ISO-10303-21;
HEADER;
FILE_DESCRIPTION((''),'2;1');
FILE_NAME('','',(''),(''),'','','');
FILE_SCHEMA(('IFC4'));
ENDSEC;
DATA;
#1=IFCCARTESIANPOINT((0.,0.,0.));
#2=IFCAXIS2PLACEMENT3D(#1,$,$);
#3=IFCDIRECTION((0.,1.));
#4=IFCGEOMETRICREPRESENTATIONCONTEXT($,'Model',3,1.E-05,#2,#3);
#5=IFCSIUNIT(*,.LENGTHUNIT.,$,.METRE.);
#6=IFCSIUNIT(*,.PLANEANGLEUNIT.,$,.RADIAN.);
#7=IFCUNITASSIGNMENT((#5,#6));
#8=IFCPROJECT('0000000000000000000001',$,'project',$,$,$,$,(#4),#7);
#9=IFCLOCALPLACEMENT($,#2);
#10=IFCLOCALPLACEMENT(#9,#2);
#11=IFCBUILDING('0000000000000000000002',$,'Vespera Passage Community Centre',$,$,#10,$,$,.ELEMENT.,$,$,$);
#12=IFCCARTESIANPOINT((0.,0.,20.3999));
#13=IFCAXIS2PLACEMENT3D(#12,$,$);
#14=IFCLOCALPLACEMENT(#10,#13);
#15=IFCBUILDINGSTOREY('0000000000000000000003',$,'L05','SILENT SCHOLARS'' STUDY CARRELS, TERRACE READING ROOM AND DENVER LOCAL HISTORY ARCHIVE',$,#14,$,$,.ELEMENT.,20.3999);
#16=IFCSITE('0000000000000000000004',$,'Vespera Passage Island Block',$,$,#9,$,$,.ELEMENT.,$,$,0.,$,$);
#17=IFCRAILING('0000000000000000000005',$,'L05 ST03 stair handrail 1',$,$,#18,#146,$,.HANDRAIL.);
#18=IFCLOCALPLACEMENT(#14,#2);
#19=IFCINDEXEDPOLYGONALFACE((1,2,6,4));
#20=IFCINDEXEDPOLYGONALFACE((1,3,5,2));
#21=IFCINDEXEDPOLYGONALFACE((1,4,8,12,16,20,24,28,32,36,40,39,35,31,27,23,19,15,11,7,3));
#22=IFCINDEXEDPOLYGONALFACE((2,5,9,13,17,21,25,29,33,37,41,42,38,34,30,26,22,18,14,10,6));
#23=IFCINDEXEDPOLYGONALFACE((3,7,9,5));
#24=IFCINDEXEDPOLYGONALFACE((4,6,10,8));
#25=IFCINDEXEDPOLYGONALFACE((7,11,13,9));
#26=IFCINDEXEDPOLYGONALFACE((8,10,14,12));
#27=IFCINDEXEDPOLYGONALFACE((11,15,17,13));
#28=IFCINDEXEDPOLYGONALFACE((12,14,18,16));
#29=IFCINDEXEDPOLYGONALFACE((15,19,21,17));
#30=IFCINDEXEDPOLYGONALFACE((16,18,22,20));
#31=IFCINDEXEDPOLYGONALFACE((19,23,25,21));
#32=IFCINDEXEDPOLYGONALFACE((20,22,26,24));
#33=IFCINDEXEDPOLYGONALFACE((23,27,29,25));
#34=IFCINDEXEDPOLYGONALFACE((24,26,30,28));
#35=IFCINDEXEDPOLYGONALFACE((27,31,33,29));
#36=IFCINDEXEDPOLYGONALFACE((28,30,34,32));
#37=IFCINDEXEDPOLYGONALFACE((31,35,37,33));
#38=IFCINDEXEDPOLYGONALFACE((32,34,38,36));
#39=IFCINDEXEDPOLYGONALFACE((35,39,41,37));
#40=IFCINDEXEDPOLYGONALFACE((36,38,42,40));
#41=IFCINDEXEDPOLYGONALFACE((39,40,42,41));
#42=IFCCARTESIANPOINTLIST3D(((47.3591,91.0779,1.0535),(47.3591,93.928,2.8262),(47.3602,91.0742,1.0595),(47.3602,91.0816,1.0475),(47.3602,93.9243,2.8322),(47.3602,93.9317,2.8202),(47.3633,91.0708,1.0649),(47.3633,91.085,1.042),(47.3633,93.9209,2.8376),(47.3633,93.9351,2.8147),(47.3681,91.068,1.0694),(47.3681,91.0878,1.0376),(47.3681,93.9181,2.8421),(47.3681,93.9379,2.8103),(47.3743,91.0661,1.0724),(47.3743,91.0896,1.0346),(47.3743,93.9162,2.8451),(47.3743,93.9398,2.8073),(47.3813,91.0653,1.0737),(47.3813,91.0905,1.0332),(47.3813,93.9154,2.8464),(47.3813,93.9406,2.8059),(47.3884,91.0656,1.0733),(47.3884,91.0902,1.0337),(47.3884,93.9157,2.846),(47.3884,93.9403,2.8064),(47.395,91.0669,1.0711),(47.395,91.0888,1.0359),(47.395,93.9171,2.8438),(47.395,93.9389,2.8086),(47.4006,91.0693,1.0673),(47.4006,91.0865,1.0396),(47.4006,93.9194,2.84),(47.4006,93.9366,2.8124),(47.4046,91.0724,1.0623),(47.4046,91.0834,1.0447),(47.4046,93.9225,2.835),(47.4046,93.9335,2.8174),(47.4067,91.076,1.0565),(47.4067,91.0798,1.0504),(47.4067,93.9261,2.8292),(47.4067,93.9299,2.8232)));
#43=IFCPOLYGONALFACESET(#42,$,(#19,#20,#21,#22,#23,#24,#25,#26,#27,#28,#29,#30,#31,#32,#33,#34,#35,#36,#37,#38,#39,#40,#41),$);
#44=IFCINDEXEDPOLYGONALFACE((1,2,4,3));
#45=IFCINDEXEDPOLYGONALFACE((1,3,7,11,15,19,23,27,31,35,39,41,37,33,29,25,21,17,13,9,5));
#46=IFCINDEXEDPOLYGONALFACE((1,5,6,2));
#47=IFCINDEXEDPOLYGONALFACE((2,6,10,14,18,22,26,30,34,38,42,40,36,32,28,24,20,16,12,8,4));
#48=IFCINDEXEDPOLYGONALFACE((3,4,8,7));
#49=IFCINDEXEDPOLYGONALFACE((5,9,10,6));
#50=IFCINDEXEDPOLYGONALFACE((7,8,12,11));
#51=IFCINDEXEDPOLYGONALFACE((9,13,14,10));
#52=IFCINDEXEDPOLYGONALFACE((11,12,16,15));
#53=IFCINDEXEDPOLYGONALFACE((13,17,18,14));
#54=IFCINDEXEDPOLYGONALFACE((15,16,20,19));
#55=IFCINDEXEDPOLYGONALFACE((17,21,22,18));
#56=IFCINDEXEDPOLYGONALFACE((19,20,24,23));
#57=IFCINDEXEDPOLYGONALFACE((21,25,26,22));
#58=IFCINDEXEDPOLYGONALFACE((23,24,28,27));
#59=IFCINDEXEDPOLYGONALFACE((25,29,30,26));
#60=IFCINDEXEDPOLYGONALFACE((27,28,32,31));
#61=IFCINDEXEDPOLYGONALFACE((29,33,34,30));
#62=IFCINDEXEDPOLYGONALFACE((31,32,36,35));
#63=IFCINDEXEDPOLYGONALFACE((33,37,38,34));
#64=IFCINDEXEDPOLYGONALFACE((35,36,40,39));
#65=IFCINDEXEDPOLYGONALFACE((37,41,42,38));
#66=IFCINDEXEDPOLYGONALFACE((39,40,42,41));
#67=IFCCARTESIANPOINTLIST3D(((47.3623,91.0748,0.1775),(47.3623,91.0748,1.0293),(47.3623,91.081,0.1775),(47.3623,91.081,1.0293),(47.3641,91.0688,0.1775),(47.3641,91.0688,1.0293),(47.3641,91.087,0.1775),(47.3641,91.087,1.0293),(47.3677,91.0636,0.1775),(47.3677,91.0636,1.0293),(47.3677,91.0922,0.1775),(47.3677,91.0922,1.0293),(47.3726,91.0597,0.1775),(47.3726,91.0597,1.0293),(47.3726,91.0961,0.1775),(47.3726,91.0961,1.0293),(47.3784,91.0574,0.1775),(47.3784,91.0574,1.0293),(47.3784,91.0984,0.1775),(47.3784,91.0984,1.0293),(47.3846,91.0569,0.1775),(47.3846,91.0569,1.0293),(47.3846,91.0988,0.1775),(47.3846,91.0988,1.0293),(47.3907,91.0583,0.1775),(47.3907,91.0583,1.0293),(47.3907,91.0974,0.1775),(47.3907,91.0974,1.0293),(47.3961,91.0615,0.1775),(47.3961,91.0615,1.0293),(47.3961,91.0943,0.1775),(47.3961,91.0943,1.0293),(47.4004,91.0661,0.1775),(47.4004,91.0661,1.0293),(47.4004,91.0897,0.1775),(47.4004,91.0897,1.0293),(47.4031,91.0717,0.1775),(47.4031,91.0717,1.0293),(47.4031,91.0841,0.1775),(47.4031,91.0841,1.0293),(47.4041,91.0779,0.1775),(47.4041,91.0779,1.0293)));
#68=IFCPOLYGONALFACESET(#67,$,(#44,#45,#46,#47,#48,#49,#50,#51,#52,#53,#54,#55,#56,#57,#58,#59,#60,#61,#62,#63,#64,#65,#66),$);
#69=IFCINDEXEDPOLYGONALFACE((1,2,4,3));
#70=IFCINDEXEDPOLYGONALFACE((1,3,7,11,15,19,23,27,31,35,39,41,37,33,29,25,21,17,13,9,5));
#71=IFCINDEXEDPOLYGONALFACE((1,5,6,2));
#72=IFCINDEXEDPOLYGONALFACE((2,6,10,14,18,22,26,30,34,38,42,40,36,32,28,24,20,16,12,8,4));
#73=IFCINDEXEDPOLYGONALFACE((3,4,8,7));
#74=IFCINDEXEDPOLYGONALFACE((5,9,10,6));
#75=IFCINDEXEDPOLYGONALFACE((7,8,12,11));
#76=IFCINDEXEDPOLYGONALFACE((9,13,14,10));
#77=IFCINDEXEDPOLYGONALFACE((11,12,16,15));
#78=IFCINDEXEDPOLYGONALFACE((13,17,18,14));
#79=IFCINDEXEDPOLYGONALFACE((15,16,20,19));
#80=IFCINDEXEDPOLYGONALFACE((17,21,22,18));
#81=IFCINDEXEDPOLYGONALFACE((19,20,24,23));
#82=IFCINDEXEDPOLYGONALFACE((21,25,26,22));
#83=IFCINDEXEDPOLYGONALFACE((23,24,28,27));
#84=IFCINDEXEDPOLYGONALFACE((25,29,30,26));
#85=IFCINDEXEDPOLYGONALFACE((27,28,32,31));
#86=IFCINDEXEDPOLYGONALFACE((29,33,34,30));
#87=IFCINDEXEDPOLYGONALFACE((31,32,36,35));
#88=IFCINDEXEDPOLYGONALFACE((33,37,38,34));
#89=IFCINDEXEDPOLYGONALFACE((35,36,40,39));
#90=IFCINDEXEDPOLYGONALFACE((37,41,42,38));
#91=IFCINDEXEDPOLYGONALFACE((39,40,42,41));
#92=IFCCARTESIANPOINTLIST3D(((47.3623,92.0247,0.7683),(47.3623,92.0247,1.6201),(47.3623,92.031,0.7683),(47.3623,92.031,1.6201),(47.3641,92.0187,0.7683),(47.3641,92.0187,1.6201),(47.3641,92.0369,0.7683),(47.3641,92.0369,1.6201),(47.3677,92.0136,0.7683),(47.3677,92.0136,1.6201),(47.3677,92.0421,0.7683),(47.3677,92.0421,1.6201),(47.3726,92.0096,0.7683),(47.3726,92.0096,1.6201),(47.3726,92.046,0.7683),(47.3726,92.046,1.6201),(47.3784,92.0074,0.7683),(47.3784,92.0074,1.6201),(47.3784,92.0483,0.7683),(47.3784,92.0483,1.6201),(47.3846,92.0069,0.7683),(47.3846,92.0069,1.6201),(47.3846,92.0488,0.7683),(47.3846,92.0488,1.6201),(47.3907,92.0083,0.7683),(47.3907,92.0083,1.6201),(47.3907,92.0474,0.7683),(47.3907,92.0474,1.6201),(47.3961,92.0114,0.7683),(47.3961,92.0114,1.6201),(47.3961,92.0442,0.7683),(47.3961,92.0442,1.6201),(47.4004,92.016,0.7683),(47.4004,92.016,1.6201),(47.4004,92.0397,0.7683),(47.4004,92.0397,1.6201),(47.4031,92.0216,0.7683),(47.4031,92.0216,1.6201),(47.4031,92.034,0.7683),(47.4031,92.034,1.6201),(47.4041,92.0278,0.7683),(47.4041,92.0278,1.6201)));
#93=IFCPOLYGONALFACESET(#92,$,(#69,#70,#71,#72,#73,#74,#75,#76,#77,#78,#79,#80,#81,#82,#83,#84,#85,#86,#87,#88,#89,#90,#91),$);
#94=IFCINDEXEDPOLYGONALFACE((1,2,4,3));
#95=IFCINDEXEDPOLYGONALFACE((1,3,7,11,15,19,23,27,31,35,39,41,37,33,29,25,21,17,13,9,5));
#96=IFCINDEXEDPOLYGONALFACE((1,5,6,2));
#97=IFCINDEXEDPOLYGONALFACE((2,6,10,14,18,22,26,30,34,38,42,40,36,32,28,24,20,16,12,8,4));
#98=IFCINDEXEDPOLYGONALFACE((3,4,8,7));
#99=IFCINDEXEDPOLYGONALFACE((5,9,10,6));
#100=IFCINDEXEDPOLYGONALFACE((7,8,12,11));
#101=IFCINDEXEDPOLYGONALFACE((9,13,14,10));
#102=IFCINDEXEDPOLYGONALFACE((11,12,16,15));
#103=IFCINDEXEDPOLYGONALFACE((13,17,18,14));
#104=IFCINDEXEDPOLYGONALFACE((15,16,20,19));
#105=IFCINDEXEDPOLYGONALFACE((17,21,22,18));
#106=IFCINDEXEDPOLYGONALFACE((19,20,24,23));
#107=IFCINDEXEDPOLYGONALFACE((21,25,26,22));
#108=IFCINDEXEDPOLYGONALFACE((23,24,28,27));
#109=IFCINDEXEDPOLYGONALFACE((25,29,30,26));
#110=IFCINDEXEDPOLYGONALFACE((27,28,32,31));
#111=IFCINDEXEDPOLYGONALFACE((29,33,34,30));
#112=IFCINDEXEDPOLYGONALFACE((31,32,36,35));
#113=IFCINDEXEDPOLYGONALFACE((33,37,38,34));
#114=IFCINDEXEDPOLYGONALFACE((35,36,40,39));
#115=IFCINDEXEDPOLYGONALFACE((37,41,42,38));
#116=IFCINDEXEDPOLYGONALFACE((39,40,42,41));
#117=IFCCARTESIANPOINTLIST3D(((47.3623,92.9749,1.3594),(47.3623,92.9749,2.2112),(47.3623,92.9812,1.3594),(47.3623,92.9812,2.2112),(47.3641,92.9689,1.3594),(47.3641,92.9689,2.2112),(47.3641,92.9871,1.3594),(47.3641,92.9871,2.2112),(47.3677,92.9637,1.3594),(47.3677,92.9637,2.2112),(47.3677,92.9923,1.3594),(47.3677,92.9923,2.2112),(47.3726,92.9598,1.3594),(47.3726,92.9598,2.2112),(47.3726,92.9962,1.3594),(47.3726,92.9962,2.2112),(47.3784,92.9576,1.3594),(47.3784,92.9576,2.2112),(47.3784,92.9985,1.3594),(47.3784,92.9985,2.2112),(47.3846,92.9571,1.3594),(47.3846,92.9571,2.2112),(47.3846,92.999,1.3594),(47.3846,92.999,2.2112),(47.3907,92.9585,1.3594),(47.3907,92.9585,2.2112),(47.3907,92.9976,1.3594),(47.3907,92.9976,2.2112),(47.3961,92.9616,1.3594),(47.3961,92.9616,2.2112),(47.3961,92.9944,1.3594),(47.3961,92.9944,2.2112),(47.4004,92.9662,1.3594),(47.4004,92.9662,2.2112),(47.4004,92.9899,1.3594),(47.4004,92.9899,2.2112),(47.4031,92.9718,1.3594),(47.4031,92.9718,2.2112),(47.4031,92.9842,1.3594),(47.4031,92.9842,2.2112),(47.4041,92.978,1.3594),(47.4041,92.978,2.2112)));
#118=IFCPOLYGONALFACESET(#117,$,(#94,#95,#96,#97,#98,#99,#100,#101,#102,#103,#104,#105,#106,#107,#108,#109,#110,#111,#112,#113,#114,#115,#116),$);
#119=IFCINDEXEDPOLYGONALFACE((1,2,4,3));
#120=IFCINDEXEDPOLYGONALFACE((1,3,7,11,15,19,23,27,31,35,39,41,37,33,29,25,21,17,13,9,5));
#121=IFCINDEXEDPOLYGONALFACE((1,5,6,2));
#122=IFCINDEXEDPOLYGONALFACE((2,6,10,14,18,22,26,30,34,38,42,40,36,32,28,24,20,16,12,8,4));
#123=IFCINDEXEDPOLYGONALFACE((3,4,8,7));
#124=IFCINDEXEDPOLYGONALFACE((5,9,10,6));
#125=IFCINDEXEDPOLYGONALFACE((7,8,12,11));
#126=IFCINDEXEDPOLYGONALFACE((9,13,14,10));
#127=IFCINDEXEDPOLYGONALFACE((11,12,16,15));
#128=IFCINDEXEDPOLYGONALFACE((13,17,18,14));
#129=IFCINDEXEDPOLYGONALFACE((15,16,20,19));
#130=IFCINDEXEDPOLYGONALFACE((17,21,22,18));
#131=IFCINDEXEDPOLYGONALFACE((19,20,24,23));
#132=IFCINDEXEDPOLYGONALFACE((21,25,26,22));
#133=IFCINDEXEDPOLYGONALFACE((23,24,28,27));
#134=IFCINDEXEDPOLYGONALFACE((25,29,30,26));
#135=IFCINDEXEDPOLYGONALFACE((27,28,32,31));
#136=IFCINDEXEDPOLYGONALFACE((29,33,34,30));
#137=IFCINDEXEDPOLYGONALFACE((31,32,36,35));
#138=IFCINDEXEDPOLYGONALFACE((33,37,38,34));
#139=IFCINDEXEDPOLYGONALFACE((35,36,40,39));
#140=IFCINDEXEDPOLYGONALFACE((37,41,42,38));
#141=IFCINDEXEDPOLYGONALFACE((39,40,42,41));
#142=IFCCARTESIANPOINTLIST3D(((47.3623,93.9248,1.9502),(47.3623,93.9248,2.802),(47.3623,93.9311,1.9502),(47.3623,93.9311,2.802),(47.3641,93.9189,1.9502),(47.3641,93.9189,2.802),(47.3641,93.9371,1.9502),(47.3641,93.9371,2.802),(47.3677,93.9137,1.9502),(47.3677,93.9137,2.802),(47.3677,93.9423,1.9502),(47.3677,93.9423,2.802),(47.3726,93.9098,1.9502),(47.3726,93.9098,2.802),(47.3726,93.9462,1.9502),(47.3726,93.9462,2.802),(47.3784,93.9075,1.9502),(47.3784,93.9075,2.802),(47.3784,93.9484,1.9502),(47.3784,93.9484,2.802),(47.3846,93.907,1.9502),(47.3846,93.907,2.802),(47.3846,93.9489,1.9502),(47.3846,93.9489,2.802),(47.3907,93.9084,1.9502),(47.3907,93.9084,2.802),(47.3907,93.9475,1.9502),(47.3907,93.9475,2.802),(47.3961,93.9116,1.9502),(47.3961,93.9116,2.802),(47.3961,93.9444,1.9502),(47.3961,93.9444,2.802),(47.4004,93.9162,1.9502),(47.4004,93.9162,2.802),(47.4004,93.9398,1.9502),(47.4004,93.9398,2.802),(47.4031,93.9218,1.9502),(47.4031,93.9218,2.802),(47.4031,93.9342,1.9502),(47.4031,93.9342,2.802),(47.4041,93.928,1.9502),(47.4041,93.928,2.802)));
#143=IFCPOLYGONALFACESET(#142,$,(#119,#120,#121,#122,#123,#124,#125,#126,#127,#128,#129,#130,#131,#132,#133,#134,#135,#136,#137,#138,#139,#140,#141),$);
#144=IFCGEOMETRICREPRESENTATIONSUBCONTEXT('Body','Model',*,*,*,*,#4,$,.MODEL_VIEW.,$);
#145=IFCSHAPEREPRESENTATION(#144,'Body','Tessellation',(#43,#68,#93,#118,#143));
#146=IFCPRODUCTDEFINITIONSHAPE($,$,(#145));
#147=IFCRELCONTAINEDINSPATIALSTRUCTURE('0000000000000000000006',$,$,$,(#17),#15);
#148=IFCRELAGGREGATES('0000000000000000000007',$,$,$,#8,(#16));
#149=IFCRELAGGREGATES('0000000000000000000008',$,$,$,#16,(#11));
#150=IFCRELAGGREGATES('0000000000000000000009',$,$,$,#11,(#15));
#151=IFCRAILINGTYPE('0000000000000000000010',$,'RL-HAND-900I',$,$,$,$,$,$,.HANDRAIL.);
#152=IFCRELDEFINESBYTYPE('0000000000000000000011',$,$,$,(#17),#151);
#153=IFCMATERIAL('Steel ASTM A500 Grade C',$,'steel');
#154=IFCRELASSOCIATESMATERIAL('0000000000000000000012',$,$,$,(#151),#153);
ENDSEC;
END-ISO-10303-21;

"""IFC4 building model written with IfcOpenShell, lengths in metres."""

from ifc_helpers import new_model, si_unit, direction, frame, origin, origin_2d, place, context, subcontext, project, spatial, circle, extrude, material, type_object, element, save


model = new_model("IFC4")

# Units and contexts
model_context = context("Model", 3, precision=1e-05, world=origin(), true_north=direction((0.0, 1.0)))
body_context = subcontext(model_context, "Body", "Model", "MODEL_VIEW")
ifc_project = project(units=[si_unit("LENGTHUNIT", "METRE"), si_unit("PLANEANGLEUNIT", "RADIAN")], contexts=[model_context])

# Site, building, storey
site_placement = place(None, origin())
site = spatial("IfcSite", under=ifc_project, at=site_placement, Name="Vespera Passage Island Block", CompositionType="ELEMENT", RefElevation=0.0)
building_placement = place(site_placement, origin())
building = spatial("IfcBuilding", under=site, at=building_placement, Name="Vespera Passage Community Centre", CompositionType="ELEMENT")
storey_placement = place(building_placement, frame((0.0, 0.0, 20.3999)))
storey = spatial("IfcBuildingStorey", under=building, at=storey_placement, Name="L05", Description="SILENT SCHOLARS' STUDY CARRELS, TERRACE READING ROOM AND DENVER LOCAL HISTORY ARCHIVE", CompositionType="ELEMENT", Elevation=20.3999)

# Railing
ifc_material_1 = material(Name="Steel ASTM A500 Grade C", Category="steel")
railing_type_1 = type_object("IfcRailingType", Name="RL-HAND-900I", PredefinedType="HANDRAIL", material=ifc_material_1)
railing_1_placement = place(storey_placement, frame((47.3831, 91.0779, 0.1775)))
element("IfcRailing", 1, at=railing_1_placement, inside=storey, type_object=railing_type_1, Name="L05 ST03 stair handrail 1", PredefinedType="HANDRAIL", context=body_context, shape_type="SweptSolid", body=[
    extrude(circle(Radius=0.0239, at=origin_2d()), frame((0.0, 0.0, 0.876), z_axis=(0.0, 0.849149, 0.528154), x_axis=(-1.0, 0.0, 0.0)), (0.0, 0.0, 1.0), 3.3564),
    extrude(circle(Radius=0.021, at=origin_2d()), origin(), (0.0, 0.0, 1.0), 0.8518),
    extrude(circle(Radius=0.021, at=origin_2d()), frame((0.0, 0.95, 0.5908)), (0.0, 0.0, 1.0), 0.8518),
    extrude(circle(Radius=0.021, at=origin_2d()), frame((0.0, 1.9001, 1.1819)), (0.0, 0.0, 1.0), 0.8518),
    extrude(circle(Radius=0.021, at=origin_2d()), frame((0.0, 2.8501, 1.7727)), (0.0, 0.0, 1.0), 0.8518),
])

save(model, "model.ifc")
